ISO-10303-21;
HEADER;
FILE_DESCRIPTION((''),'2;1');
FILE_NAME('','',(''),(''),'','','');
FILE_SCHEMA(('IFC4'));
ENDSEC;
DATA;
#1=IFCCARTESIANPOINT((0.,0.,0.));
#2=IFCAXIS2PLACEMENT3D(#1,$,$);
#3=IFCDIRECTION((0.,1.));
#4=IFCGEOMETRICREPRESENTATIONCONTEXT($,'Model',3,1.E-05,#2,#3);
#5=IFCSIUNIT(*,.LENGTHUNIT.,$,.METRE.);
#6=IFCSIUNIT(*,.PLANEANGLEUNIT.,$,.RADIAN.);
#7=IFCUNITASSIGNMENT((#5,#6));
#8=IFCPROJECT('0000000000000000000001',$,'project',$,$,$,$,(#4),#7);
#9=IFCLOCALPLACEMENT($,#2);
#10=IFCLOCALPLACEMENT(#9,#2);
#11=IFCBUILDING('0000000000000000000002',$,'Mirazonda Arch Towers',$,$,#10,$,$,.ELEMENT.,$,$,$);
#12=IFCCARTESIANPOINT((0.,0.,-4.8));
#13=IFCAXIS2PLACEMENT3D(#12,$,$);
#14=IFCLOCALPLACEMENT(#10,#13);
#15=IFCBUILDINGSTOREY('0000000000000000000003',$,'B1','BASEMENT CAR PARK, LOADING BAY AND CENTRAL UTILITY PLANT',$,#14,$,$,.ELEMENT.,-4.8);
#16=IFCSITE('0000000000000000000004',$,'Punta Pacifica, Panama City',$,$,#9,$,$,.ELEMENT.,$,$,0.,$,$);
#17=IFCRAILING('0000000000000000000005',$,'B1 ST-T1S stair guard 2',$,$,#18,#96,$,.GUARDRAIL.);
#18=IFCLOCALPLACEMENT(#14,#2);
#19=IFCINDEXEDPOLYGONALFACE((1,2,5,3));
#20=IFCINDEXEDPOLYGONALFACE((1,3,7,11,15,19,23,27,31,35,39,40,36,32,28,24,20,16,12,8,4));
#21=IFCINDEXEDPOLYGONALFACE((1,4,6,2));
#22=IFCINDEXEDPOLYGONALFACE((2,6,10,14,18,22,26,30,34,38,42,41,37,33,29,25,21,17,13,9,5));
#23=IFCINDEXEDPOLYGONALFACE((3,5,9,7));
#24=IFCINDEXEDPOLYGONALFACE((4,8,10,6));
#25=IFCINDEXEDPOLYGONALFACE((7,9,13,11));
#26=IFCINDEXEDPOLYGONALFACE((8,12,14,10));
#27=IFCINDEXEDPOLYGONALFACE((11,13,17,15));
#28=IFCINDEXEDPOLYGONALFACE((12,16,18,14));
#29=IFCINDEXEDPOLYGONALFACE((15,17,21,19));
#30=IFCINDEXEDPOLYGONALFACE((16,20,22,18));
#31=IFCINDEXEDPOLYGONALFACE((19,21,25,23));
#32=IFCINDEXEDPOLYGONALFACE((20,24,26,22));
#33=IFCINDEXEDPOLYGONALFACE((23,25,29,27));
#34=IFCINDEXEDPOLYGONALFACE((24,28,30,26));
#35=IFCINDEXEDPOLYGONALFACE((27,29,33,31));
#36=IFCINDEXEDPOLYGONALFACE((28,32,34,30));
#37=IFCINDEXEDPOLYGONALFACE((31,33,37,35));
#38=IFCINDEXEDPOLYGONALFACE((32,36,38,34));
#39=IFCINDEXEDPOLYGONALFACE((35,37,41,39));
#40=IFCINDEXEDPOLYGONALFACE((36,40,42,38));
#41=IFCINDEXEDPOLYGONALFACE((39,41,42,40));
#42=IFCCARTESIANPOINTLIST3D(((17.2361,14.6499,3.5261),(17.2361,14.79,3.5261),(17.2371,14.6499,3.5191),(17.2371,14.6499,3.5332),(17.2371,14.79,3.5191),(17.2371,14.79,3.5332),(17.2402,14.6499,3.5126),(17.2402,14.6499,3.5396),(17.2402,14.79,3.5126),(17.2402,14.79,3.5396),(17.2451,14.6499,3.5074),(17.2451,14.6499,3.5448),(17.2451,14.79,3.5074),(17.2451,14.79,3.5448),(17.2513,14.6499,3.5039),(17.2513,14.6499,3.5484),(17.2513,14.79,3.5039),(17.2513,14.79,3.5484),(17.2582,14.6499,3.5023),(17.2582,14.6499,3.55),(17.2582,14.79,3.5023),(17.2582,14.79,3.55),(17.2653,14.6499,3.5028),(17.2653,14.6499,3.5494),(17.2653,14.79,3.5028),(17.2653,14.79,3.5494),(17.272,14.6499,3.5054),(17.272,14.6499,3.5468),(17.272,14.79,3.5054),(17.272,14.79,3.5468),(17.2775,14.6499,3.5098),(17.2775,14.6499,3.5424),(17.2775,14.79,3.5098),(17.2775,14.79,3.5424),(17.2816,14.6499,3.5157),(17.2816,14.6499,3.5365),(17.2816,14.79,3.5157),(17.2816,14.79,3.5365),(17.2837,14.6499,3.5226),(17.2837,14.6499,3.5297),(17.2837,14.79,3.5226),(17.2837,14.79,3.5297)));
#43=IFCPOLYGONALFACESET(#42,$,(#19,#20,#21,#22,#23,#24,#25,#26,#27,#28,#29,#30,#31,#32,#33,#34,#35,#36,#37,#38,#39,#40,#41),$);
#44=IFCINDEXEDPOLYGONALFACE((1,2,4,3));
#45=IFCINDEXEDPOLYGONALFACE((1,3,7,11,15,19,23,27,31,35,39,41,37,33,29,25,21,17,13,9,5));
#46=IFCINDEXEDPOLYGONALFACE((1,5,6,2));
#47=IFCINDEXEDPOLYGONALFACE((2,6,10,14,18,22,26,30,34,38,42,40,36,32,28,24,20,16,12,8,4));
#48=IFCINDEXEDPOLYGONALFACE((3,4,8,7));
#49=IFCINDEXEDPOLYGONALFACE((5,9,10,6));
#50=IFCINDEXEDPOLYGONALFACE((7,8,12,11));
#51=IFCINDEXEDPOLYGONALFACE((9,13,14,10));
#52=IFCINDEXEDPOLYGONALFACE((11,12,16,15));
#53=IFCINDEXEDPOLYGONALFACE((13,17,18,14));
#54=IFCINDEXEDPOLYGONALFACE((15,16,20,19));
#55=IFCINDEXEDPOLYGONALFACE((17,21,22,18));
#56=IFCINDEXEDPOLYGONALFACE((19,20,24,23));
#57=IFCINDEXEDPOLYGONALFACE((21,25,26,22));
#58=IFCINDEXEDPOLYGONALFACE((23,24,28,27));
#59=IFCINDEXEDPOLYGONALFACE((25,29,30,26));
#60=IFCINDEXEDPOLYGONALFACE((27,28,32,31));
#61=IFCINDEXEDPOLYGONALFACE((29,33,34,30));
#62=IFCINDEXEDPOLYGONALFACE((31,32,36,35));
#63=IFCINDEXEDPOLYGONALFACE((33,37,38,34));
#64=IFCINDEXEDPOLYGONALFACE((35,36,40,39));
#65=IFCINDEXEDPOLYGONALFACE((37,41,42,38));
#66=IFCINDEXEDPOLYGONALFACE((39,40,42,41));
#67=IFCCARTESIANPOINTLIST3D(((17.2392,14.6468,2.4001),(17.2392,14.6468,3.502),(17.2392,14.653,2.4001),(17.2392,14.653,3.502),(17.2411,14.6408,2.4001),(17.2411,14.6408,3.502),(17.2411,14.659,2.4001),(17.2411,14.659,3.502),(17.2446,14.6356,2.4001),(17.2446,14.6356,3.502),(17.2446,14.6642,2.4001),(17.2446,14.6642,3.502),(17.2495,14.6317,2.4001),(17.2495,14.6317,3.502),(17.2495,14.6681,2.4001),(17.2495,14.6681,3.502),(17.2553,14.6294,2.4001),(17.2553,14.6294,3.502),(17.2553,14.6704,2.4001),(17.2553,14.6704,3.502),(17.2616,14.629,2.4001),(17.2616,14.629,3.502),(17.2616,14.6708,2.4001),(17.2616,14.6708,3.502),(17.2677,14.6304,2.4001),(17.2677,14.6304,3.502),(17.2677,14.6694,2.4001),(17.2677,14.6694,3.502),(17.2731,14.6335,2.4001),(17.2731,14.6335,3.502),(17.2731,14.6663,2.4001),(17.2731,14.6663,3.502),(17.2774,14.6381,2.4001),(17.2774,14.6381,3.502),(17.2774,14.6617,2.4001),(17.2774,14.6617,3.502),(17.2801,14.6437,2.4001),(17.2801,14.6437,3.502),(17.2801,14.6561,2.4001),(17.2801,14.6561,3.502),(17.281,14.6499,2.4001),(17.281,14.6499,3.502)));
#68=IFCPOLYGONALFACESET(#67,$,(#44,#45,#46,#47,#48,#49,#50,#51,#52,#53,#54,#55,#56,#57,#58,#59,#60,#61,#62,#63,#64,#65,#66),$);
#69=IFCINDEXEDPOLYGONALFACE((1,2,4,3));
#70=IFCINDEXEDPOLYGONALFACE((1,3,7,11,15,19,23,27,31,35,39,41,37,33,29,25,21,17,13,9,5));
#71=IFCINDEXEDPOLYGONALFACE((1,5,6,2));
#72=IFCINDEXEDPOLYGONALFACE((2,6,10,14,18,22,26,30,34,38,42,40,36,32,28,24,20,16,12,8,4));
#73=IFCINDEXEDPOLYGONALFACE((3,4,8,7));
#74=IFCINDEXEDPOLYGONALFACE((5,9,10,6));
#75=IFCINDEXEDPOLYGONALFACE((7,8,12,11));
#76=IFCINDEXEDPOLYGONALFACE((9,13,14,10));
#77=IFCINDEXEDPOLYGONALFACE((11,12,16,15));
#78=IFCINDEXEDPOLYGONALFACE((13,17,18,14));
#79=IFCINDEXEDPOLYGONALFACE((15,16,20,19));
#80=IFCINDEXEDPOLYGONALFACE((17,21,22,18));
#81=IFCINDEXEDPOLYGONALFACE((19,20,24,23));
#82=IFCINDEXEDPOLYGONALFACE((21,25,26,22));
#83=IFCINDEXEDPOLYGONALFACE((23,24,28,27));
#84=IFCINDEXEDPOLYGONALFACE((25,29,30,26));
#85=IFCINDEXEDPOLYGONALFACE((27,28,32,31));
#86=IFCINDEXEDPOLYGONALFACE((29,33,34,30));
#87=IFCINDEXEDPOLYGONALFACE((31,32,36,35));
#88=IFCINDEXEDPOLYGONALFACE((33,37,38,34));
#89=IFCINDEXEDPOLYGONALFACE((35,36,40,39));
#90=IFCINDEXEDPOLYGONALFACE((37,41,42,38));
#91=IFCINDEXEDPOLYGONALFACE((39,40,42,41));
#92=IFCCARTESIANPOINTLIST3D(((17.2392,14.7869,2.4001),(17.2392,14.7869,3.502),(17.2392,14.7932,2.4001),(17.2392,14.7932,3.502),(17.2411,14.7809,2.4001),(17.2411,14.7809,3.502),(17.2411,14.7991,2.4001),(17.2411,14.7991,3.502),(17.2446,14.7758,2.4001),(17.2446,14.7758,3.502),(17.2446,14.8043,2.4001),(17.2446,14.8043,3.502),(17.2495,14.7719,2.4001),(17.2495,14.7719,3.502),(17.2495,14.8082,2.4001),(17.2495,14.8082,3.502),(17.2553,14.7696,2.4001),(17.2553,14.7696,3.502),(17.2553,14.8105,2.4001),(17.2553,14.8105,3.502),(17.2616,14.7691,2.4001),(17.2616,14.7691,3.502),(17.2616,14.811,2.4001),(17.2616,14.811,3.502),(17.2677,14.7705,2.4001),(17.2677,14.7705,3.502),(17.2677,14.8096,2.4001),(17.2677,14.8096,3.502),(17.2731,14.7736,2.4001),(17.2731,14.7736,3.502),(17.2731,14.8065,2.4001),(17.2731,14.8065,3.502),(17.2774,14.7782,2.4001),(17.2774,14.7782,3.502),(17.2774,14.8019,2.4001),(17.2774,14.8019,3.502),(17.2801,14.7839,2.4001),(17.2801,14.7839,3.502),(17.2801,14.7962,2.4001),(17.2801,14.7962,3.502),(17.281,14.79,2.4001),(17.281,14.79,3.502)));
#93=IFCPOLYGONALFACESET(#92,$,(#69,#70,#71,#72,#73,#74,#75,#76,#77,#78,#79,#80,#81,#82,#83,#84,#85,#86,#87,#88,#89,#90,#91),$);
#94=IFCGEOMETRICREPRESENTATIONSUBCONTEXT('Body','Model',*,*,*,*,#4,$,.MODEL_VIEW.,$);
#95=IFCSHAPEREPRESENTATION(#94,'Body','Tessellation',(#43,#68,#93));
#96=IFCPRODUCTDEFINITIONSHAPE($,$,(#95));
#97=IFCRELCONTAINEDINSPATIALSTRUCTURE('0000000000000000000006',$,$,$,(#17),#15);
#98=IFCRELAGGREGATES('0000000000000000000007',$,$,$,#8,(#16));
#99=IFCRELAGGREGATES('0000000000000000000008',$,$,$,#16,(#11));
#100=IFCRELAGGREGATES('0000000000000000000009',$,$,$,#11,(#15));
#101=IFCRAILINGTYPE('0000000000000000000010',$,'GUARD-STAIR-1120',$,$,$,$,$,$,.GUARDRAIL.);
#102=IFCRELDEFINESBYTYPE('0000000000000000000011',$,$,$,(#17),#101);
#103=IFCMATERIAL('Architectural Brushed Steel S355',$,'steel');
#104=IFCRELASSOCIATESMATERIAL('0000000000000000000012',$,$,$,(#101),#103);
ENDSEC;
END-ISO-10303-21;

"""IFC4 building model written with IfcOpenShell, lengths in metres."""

from ifc_helpers import new_model, si_unit, direction, frame, origin, origin_2d, place, context, subcontext, project, spatial, circle, extrude, material, type_object, element, save


model = new_model("IFC4")

# Units and contexts
model_context = context("Model", 3, precision=1e-05, world=origin(), true_north=direction((0.0, 1.0)))
body_context = subcontext(model_context, "Body", "Model", "MODEL_VIEW")
ifc_project = project(units=[si_unit("LENGTHUNIT", "METRE"), si_unit("PLANEANGLEUNIT", "RADIAN")], contexts=[model_context])

# Site, building, storey
site_placement = place(None, origin())
site = spatial("IfcSite", under=ifc_project, at=site_placement, Name="Punta Pacifica, Panama City", CompositionType="ELEMENT", RefElevation=0.0)
building_placement = place(site_placement, origin())
building = spatial("IfcBuilding", under=site, at=building_placement, Name="Mirazonda Arch Towers", CompositionType="ELEMENT")
storey_placement = place(building_placement, frame((0.0, 0.0, -4.8)))
storey = spatial("IfcBuildingStorey", under=building, at=storey_placement, Name="B1", Description="BASEMENT CAR PARK, LOADING BAY AND CENTRAL UTILITY PLANT", CompositionType="ELEMENT", Elevation=-4.8)

# Shared definitions
ifc_material_1 = material(Name="Architectural Brushed Steel S355", Category="steel")

# Railing
railing_type_1 = type_object("IfcRailingType", Name="GUARD-STAIR-1120", PredefinedType="GUARDRAIL", material=ifc_material_1)
railing_1_placement = place(storey_placement, frame((17.26, 14.6499, 2.4001)))
element("IfcRailing", 1, at=railing_1_placement, inside=storey, type_object=railing_type_1, Name="B1 ST-T1S stair guard 2", PredefinedType="GUARDRAIL", context=body_context, shape_type="SweptSolid", body=[
    extrude(circle(Radius=0.0239, at=origin_2d()), frame((0.0, 0.0, 1.126), z_axis=(0.0, 1.0, 0.0), x_axis=(-1.0, 0.0, 0.0)), (0.0, 0.0, 1.0), 0.1401),
    extrude(circle(Radius=0.021, at=origin_2d()), origin(), (0.0, 0.0, 1.0), 1.1018),
    extrude(circle(Radius=0.021, at=origin_2d()), frame((0.0, 0.1401, 0.0)), (0.0, 0.0, 1.0), 1.1018),
])

save(model, "model.ifc")
